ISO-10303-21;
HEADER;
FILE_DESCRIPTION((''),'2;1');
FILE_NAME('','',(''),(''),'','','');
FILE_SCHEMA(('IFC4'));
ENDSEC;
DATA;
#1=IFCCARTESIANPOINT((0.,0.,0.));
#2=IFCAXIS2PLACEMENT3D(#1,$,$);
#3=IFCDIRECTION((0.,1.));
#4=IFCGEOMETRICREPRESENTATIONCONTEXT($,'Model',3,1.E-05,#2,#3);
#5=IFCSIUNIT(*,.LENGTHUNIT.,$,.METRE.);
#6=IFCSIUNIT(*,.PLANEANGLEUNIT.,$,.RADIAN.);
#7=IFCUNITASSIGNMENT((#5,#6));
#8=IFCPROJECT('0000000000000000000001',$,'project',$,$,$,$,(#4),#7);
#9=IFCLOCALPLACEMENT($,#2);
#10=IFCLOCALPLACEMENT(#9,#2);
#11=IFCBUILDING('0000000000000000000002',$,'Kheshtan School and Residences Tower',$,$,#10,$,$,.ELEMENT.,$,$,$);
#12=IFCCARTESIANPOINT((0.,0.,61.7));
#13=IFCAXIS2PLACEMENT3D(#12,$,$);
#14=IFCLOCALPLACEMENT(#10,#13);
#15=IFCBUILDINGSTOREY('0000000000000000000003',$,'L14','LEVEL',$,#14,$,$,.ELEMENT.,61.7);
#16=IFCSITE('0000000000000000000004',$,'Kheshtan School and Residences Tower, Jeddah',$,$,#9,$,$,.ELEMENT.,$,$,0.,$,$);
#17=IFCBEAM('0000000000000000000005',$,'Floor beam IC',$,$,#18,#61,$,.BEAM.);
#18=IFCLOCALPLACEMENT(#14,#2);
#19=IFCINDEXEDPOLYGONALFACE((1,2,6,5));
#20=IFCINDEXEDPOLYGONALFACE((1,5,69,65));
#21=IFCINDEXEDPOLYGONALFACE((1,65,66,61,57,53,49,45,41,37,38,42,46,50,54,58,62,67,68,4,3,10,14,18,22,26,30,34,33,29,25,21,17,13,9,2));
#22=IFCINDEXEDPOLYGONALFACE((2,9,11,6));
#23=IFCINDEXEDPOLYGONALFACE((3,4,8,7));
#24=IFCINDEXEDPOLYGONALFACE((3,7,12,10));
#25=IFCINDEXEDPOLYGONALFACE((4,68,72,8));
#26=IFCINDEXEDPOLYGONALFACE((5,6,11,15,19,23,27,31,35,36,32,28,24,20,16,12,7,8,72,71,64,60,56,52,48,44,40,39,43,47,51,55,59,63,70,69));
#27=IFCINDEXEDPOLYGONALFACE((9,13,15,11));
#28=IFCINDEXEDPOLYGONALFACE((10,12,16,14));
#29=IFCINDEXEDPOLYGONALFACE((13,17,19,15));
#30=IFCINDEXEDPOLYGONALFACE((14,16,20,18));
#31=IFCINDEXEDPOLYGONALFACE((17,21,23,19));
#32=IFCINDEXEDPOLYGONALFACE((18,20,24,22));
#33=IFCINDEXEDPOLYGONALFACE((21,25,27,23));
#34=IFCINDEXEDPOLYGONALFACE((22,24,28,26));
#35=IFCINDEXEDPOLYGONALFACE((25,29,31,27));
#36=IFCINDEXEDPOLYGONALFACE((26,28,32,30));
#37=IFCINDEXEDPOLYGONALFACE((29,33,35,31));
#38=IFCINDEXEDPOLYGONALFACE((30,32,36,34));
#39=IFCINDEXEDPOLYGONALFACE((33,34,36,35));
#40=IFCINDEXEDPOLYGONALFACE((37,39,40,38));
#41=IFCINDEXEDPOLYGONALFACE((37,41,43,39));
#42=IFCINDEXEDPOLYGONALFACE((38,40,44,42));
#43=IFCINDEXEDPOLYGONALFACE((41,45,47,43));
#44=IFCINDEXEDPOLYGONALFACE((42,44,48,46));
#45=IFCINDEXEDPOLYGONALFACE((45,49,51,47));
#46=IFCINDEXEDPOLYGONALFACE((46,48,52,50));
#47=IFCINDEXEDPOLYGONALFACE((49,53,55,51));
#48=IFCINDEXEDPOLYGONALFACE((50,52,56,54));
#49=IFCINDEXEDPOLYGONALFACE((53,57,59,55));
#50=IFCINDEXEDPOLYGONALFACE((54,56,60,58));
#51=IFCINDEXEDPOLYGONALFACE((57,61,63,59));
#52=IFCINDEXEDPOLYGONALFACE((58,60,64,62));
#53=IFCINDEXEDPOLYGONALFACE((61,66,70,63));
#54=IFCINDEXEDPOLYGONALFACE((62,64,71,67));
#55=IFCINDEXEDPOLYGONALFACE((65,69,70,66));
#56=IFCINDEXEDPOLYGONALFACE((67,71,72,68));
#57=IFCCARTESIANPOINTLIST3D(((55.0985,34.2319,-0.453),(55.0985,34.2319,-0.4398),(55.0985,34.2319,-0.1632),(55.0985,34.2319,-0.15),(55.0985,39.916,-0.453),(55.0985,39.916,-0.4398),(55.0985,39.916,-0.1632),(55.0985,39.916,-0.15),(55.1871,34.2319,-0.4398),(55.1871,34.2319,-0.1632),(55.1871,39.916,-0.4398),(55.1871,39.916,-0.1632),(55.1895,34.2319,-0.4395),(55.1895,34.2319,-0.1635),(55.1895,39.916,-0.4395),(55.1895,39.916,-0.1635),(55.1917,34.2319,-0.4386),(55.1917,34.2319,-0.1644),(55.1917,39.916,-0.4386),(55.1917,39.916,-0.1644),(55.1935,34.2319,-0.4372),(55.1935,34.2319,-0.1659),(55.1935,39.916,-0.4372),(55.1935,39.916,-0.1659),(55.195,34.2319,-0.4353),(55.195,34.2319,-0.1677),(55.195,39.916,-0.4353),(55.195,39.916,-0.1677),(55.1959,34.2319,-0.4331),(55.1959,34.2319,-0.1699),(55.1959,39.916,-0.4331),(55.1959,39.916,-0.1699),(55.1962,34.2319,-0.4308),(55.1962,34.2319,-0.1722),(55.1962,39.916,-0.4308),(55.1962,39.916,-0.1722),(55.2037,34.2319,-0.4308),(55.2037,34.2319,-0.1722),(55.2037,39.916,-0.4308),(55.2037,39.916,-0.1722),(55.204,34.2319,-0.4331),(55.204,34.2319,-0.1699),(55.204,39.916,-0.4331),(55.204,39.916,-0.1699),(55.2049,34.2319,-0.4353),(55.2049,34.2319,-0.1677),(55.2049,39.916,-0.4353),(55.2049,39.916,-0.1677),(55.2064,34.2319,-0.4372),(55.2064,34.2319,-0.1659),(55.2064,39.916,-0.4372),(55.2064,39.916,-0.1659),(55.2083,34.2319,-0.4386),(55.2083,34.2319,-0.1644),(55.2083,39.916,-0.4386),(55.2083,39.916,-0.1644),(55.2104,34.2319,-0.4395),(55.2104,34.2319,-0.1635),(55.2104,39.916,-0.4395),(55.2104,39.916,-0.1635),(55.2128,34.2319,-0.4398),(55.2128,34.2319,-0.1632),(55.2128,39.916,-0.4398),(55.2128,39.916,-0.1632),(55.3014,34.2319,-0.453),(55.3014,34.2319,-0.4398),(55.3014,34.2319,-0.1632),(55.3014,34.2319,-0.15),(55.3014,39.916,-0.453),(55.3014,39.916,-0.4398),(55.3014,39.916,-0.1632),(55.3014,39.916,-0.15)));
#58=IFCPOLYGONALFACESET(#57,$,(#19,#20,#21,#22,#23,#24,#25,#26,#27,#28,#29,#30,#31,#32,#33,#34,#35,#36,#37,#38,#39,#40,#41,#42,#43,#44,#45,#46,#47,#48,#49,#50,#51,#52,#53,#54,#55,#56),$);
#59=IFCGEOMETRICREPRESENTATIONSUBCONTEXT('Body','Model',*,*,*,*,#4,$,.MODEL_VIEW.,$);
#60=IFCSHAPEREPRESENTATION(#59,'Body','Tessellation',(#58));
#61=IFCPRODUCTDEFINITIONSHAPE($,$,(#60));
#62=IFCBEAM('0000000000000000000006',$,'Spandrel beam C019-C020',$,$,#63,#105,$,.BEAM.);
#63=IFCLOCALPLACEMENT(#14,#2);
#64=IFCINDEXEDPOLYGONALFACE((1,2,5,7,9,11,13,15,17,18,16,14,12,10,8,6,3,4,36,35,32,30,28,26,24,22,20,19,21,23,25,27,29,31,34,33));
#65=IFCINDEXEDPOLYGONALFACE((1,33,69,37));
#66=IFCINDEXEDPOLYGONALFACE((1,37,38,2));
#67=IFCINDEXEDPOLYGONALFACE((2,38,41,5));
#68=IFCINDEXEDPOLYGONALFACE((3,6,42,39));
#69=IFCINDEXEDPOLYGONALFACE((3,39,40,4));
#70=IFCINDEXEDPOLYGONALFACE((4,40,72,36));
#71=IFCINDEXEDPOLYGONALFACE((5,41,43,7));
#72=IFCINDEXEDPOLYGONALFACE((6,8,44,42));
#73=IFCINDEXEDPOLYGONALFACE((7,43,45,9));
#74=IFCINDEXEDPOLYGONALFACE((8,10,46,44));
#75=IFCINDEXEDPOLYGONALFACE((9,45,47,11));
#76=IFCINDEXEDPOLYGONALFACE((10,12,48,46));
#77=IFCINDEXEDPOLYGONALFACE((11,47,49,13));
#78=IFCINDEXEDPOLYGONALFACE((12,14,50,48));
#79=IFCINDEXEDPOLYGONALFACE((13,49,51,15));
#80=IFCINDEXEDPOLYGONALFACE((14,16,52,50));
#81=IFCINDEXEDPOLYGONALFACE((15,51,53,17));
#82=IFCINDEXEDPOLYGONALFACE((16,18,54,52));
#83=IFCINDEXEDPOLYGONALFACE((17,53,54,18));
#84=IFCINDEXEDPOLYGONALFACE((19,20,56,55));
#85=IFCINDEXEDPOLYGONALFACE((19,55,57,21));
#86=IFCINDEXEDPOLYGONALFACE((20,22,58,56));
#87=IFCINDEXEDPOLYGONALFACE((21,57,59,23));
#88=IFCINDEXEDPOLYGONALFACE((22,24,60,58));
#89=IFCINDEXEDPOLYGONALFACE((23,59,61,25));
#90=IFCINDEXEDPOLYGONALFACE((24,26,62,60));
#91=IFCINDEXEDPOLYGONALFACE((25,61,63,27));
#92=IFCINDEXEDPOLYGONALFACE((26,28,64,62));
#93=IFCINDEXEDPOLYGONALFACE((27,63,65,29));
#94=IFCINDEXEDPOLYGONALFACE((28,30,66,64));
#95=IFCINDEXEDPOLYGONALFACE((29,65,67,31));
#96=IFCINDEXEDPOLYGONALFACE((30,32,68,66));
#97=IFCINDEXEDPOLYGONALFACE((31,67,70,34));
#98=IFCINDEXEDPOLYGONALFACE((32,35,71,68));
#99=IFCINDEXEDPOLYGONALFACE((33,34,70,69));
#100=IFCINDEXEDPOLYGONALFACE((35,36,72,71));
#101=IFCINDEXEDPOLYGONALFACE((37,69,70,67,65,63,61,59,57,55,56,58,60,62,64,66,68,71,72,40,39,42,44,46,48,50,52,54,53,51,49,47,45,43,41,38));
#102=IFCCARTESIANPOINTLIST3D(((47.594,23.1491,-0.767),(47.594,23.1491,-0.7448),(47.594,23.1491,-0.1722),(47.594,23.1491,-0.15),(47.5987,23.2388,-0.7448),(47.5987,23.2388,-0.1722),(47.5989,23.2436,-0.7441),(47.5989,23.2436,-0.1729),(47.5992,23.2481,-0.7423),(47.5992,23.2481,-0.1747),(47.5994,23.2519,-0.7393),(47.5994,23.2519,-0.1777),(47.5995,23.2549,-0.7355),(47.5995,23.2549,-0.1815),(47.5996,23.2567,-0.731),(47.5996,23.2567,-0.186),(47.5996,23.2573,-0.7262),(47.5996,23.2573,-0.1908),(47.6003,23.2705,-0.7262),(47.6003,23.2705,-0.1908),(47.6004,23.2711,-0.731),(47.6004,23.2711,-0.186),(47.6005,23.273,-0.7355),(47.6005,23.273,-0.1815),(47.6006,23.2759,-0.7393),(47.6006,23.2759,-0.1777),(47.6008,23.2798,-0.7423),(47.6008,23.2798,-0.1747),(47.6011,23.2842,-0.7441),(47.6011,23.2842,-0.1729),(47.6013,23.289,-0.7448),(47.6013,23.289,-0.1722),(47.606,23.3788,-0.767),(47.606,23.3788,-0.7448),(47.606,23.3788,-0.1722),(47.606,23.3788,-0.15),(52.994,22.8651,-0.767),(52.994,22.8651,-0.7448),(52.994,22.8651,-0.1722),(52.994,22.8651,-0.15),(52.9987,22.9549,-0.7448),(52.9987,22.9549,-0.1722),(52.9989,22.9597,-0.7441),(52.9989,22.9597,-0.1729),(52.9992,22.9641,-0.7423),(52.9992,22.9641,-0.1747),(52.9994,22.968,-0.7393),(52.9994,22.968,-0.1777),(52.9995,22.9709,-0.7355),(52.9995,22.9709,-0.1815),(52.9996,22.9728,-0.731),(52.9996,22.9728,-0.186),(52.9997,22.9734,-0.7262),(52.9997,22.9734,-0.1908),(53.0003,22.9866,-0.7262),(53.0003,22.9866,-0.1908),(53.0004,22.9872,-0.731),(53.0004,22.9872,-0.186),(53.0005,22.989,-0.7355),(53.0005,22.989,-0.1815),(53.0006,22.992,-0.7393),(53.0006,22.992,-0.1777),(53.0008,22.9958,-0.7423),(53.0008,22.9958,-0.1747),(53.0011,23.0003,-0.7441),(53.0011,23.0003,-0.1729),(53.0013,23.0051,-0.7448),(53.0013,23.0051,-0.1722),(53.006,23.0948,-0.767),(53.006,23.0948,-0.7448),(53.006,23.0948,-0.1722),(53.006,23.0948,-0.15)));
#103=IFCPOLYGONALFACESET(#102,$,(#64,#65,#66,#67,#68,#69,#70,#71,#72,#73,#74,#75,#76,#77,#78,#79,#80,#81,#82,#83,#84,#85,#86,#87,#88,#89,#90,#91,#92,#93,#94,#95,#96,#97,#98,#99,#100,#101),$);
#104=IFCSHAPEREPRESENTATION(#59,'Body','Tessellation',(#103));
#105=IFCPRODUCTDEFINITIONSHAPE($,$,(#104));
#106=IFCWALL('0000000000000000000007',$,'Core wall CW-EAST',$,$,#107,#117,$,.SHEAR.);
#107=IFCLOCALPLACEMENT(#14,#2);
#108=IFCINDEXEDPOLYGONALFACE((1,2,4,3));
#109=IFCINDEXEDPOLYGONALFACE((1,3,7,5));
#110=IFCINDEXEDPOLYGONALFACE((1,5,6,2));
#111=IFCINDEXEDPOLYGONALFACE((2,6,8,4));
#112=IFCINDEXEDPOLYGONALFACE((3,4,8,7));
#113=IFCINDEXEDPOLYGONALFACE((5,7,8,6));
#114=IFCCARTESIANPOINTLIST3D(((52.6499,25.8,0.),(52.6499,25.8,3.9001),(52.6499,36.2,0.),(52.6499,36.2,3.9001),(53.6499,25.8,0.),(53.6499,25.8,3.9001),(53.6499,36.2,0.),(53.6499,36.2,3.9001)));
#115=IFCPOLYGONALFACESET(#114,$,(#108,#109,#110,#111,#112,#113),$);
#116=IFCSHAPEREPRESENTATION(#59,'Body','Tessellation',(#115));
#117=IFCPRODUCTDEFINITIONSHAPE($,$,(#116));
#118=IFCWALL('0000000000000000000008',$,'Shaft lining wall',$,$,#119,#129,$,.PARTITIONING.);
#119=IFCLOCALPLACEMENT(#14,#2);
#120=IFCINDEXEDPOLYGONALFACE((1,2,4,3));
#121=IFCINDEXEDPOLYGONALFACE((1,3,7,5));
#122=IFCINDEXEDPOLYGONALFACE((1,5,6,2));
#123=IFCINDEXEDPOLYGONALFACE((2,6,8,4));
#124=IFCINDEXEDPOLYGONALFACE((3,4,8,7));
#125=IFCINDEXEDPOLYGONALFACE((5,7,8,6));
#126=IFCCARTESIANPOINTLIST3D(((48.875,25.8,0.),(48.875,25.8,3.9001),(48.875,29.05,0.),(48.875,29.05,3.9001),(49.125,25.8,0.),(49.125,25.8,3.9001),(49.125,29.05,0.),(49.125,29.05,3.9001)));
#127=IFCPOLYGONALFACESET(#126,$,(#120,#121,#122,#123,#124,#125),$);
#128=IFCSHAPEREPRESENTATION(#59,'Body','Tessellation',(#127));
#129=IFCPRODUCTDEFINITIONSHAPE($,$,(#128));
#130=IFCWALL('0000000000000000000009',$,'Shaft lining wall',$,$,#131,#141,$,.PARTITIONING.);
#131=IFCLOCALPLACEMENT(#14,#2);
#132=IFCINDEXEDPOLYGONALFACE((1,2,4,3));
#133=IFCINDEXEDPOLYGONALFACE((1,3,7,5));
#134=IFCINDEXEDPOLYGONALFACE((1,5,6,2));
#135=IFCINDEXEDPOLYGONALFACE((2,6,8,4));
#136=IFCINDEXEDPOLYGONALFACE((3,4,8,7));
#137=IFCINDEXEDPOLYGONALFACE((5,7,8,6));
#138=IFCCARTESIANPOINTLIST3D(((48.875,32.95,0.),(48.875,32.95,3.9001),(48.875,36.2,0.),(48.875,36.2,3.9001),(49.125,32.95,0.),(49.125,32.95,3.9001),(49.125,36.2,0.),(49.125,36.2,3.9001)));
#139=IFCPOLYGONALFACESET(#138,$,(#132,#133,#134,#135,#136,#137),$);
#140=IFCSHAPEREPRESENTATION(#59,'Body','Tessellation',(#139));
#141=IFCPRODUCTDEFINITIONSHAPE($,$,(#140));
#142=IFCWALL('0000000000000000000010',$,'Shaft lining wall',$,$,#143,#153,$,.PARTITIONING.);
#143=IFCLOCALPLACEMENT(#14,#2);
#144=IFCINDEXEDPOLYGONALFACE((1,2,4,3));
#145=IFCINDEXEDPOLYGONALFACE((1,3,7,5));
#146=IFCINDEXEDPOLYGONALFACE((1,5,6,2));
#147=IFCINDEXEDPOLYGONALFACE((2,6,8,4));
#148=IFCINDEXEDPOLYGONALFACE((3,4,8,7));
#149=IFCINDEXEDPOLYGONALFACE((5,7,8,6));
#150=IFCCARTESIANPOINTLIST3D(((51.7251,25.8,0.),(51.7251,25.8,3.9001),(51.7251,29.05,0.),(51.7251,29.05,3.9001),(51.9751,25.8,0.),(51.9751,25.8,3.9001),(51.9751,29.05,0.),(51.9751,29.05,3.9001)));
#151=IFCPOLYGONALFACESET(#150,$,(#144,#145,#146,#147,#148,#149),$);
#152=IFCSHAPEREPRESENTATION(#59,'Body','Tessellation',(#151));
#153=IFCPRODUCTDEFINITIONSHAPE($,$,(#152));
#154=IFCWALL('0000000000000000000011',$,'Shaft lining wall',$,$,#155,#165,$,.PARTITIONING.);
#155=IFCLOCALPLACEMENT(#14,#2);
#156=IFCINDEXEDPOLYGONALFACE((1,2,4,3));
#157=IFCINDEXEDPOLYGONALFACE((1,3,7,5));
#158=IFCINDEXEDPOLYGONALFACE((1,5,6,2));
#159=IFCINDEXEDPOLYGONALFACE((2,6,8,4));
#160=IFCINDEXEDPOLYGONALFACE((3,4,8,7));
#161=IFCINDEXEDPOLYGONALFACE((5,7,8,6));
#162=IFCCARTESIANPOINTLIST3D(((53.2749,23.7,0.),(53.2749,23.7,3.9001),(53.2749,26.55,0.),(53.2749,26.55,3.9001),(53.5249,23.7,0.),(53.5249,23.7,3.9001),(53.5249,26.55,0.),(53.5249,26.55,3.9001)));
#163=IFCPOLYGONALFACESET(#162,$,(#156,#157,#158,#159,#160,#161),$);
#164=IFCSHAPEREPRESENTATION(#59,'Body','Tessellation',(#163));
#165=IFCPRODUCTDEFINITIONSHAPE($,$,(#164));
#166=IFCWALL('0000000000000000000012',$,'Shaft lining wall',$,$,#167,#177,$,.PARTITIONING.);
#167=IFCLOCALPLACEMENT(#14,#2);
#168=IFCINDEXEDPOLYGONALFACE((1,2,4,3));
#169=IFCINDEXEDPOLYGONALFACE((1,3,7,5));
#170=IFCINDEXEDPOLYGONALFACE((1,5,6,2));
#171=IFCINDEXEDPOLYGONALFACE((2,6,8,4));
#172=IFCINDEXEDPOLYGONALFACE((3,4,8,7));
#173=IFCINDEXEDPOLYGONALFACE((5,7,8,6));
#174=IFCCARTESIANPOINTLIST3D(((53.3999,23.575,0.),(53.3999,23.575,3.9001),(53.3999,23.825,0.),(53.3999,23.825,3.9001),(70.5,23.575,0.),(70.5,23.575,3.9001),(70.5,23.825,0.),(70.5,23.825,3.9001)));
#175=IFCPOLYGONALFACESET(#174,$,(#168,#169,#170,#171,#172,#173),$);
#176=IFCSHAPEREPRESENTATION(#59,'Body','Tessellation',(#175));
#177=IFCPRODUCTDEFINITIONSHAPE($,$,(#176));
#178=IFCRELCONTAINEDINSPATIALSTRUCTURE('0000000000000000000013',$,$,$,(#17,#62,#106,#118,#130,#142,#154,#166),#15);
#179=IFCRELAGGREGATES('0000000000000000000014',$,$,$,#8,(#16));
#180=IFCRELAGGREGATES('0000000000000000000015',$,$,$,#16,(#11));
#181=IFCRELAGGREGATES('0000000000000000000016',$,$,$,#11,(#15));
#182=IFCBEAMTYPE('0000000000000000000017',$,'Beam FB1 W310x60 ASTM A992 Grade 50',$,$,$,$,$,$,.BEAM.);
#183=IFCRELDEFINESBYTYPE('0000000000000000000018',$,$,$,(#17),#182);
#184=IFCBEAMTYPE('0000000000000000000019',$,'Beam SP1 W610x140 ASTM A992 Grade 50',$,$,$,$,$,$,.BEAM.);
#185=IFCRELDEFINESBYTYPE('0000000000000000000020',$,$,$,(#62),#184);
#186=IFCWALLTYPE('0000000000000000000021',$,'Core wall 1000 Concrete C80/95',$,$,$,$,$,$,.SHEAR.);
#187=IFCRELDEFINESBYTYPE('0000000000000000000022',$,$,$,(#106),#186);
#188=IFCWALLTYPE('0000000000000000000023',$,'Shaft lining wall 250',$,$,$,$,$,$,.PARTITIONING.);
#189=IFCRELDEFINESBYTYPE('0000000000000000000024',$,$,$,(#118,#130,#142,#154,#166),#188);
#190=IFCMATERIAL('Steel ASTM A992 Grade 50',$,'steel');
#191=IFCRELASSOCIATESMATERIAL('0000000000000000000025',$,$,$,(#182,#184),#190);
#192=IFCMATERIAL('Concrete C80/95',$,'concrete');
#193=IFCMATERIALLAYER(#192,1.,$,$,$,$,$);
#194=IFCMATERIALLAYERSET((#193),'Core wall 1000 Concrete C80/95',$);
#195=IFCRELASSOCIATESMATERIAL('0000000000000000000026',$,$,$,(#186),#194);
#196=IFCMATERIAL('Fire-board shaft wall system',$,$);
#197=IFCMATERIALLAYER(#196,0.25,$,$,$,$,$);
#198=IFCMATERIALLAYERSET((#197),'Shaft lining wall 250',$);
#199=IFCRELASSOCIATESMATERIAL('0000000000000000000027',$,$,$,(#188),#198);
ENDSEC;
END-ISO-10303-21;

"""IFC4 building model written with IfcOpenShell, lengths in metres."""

from ifc_helpers import new_model, si_unit, direction, frame, frame_2d, origin, origin_2d, place, context, subcontext, project, spatial, rectangle, i_section, extrude, material, layer, layer_set, material_profile, profile_set, type_object, element, save


model = new_model("IFC4")

# Units and contexts
model_context = context("Model", 3, precision=1e-05, world=origin(), true_north=direction((0.0, 1.0)))
body_context = subcontext(model_context, "Body", "Model", "MODEL_VIEW")
ifc_project = project(units=[si_unit("LENGTHUNIT", "METRE"), si_unit("PLANEANGLEUNIT", "RADIAN")], contexts=[model_context])

# Site, building, storey
site_placement = place(None, origin())
site = spatial("IfcSite", under=ifc_project, at=site_placement, Name="Kheshtan School and Residences Tower, Jeddah", CompositionType="ELEMENT", RefElevation=0.0)
building_placement = place(site_placement, origin())
building = spatial("IfcBuilding", under=site, at=building_placement, Name="Kheshtan School and Residences Tower", CompositionType="ELEMENT")
storey_placement = place(building_placement, frame((0.0, 0.0, 61.7)))
storey = spatial("IfcBuildingStorey", under=building, at=storey_placement, Name="L14", Description="LEVEL", CompositionType="ELEMENT", Elevation=61.7)

# Shared definitions
ifc_material_1 = material(Name="Steel ASTM A992 Grade 50", Category="steel")

# Beams
ifc_material_profile_1 = material_profile(ifc_material_1, i_section(OverallWidth=0.2029, OverallDepth=0.303, WebThickness=0.0076, FlangeThickness=0.0132, FilletRadius=0.009, at=origin_2d()), Name="W310x60")
ifc_profile_set_1 = profile_set([ifc_material_profile_1], Name="Steel ASTM A992 Grade 50")
beam_type_1 = type_object("IfcBeamType", Name="Beam FB1 W310x60 ASTM A992 Grade 50", PredefinedType="BEAM", material=ifc_profile_set_1)
beam_1_placement = place(storey_placement, frame((55.2, 34.2319, -0.3015), z_axis=(0.0, 1.0, 0.0), x_axis=(-1.0, 0.0, 0.0)))
element("IfcBeam", 1, at=beam_1_placement, inside=storey, type_object=beam_type_1, Name="Floor beam IC", PredefinedType="BEAM", context=body_context, shape_type="SweptSolid", body=[
    extrude(i_section(OverallWidth=0.2029, OverallDepth=0.303, WebThickness=0.0076, FlangeThickness=0.0132, FilletRadius=0.009, at=origin_2d()), origin(), (0.0, 0.0, 1.0), 5.6841),
])
ifc_material_profile_2 = material_profile(ifc_material_1, i_section(OverallWidth=0.23, OverallDepth=0.6169, WebThickness=0.0132, FlangeThickness=0.0222, FilletRadius=0.0186, at=origin_2d()), Name="W610x140")
ifc_profile_set_2 = profile_set([ifc_material_profile_2], Name="Steel ASTM A992 Grade 50")
beam_type_2 = type_object("IfcBeamType", Name="Beam SP1 W610x140 ASTM A992 Grade 50", PredefinedType="BEAM", material=ifc_profile_set_2)
beam_2_placement = place(storey_placement, frame((53.0, 22.98, -0.4585), z_axis=(-0.99862, 0.052509, 0.0), x_axis=(-0.052509, -0.99862, 0.0)))
element("IfcBeam", 2, at=beam_2_placement, inside=storey, type_object=beam_type_2, Name="Spandrel beam C019-C020", PredefinedType="BEAM", context=body_context, shape_type="SweptSolid", body=[
    extrude(i_section(OverallWidth=0.23, OverallDepth=0.6169, WebThickness=0.0132, FlangeThickness=0.0222, FilletRadius=0.0186, at=origin_2d()), origin(), (0.0, 0.0, 1.0), 5.4075),
])

# Walls
ifc_material_2 = material(Name="Concrete C80/95", Category="concrete")
ifc_layer_1 = layer(ifc_material_2, 1.0)
ifc_layer_set_1 = layer_set([ifc_layer_1], Name="Core wall 1000 Concrete C80/95")
wall_type_1 = type_object("IfcWallType", Name="Core wall 1000 Concrete C80/95", PredefinedType="SHEAR", material=ifc_layer_set_1)
wall_1_placement = place(storey_placement, frame((53.1499, 25.8, 0.0), z_axis=(0.0, 0.0, 1.0), x_axis=(0.0, 1.0, 0.0)))
element("IfcWall", 3, at=wall_1_placement, inside=storey, type_object=wall_type_1, Name="Core wall CW-EAST", PredefinedType="SHEAR", context=body_context, shape_type="SweptSolid", body=[
    extrude(rectangle(XDim=10.3999, YDim=1.0, at=frame_2d((5.2, 0.0))), origin(), (0.0, 0.0, 1.0), 3.9001),
])
ifc_material_3 = material(Name="Fire-board shaft wall system")
ifc_layer_2 = layer(ifc_material_3, 0.25)
ifc_layer_set_2 = layer_set([ifc_layer_2], Name="Shaft lining wall 250")
wall_type_2 = type_object("IfcWallType", Name="Shaft lining wall 250", PredefinedType="PARTITIONING", material=ifc_layer_set_2)
for number, where, z_axis, x_axis, name in (
    (4, (49.0, 25.8, 0.0), (0.0, 0.0, 1.0), (0.0, 1.0, 0.0), "Shaft lining wall"),
    (5, (49.0, 32.95, 0.0), (0.0, 0.0, 1.0), (0.0, 1.0, 0.0), "Shaft lining wall"),
    (6, (51.8501, 25.8, 0.0), (0.0, 0.0, 1.0), (0.0, 1.0, 0.0), "Shaft lining wall"),
):
    element("IfcWall", number, at=place(storey_placement, frame(where, z_axis=z_axis, x_axis=x_axis)), inside=storey, type_object=wall_type_2, Name=name, PredefinedType="PARTITIONING", context=body_context, shape_type="SweptSolid", body=[
        extrude(rectangle(XDim=3.25, YDim=0.25, at=frame_2d((1.625, 0.0))), origin(), (0.0, 0.0, 1.0), 3.9001),
    ])
wall_2_placement = place(storey_placement, frame((53.3999, 23.7, 0.0), z_axis=(0.0, 0.0, 1.0), x_axis=(0.0, 1.0, 0.0)))
element("IfcWall", 7, at=wall_2_placement, inside=storey, type_object=wall_type_2, Name="Shaft lining wall", PredefinedType="PARTITIONING", context=body_context, shape_type="SweptSolid", body=[
    extrude(rectangle(XDim=2.8501, YDim=0.25, at=frame_2d((1.425, 0.0))), origin(), (0.0, 0.0, 1.0), 3.9001),
])
wall_3_placement = place(storey_placement, frame((53.3999, 23.7, 0.0), z_axis=(0.0, 0.0, 1.0), x_axis=(1.0, 0.0, 0.0)))
element("IfcWall", 8, at=wall_3_placement, inside=storey, type_object=wall_type_2, Name="Shaft lining wall", PredefinedType="PARTITIONING", context=body_context, shape_type="SweptSolid", body=[
    extrude(rectangle(XDim=17.1001, YDim=0.25, at=frame_2d((8.55, 0.0))), origin(), (0.0, 0.0, 1.0), 3.9001),
])

save(model, "model.ifc")
